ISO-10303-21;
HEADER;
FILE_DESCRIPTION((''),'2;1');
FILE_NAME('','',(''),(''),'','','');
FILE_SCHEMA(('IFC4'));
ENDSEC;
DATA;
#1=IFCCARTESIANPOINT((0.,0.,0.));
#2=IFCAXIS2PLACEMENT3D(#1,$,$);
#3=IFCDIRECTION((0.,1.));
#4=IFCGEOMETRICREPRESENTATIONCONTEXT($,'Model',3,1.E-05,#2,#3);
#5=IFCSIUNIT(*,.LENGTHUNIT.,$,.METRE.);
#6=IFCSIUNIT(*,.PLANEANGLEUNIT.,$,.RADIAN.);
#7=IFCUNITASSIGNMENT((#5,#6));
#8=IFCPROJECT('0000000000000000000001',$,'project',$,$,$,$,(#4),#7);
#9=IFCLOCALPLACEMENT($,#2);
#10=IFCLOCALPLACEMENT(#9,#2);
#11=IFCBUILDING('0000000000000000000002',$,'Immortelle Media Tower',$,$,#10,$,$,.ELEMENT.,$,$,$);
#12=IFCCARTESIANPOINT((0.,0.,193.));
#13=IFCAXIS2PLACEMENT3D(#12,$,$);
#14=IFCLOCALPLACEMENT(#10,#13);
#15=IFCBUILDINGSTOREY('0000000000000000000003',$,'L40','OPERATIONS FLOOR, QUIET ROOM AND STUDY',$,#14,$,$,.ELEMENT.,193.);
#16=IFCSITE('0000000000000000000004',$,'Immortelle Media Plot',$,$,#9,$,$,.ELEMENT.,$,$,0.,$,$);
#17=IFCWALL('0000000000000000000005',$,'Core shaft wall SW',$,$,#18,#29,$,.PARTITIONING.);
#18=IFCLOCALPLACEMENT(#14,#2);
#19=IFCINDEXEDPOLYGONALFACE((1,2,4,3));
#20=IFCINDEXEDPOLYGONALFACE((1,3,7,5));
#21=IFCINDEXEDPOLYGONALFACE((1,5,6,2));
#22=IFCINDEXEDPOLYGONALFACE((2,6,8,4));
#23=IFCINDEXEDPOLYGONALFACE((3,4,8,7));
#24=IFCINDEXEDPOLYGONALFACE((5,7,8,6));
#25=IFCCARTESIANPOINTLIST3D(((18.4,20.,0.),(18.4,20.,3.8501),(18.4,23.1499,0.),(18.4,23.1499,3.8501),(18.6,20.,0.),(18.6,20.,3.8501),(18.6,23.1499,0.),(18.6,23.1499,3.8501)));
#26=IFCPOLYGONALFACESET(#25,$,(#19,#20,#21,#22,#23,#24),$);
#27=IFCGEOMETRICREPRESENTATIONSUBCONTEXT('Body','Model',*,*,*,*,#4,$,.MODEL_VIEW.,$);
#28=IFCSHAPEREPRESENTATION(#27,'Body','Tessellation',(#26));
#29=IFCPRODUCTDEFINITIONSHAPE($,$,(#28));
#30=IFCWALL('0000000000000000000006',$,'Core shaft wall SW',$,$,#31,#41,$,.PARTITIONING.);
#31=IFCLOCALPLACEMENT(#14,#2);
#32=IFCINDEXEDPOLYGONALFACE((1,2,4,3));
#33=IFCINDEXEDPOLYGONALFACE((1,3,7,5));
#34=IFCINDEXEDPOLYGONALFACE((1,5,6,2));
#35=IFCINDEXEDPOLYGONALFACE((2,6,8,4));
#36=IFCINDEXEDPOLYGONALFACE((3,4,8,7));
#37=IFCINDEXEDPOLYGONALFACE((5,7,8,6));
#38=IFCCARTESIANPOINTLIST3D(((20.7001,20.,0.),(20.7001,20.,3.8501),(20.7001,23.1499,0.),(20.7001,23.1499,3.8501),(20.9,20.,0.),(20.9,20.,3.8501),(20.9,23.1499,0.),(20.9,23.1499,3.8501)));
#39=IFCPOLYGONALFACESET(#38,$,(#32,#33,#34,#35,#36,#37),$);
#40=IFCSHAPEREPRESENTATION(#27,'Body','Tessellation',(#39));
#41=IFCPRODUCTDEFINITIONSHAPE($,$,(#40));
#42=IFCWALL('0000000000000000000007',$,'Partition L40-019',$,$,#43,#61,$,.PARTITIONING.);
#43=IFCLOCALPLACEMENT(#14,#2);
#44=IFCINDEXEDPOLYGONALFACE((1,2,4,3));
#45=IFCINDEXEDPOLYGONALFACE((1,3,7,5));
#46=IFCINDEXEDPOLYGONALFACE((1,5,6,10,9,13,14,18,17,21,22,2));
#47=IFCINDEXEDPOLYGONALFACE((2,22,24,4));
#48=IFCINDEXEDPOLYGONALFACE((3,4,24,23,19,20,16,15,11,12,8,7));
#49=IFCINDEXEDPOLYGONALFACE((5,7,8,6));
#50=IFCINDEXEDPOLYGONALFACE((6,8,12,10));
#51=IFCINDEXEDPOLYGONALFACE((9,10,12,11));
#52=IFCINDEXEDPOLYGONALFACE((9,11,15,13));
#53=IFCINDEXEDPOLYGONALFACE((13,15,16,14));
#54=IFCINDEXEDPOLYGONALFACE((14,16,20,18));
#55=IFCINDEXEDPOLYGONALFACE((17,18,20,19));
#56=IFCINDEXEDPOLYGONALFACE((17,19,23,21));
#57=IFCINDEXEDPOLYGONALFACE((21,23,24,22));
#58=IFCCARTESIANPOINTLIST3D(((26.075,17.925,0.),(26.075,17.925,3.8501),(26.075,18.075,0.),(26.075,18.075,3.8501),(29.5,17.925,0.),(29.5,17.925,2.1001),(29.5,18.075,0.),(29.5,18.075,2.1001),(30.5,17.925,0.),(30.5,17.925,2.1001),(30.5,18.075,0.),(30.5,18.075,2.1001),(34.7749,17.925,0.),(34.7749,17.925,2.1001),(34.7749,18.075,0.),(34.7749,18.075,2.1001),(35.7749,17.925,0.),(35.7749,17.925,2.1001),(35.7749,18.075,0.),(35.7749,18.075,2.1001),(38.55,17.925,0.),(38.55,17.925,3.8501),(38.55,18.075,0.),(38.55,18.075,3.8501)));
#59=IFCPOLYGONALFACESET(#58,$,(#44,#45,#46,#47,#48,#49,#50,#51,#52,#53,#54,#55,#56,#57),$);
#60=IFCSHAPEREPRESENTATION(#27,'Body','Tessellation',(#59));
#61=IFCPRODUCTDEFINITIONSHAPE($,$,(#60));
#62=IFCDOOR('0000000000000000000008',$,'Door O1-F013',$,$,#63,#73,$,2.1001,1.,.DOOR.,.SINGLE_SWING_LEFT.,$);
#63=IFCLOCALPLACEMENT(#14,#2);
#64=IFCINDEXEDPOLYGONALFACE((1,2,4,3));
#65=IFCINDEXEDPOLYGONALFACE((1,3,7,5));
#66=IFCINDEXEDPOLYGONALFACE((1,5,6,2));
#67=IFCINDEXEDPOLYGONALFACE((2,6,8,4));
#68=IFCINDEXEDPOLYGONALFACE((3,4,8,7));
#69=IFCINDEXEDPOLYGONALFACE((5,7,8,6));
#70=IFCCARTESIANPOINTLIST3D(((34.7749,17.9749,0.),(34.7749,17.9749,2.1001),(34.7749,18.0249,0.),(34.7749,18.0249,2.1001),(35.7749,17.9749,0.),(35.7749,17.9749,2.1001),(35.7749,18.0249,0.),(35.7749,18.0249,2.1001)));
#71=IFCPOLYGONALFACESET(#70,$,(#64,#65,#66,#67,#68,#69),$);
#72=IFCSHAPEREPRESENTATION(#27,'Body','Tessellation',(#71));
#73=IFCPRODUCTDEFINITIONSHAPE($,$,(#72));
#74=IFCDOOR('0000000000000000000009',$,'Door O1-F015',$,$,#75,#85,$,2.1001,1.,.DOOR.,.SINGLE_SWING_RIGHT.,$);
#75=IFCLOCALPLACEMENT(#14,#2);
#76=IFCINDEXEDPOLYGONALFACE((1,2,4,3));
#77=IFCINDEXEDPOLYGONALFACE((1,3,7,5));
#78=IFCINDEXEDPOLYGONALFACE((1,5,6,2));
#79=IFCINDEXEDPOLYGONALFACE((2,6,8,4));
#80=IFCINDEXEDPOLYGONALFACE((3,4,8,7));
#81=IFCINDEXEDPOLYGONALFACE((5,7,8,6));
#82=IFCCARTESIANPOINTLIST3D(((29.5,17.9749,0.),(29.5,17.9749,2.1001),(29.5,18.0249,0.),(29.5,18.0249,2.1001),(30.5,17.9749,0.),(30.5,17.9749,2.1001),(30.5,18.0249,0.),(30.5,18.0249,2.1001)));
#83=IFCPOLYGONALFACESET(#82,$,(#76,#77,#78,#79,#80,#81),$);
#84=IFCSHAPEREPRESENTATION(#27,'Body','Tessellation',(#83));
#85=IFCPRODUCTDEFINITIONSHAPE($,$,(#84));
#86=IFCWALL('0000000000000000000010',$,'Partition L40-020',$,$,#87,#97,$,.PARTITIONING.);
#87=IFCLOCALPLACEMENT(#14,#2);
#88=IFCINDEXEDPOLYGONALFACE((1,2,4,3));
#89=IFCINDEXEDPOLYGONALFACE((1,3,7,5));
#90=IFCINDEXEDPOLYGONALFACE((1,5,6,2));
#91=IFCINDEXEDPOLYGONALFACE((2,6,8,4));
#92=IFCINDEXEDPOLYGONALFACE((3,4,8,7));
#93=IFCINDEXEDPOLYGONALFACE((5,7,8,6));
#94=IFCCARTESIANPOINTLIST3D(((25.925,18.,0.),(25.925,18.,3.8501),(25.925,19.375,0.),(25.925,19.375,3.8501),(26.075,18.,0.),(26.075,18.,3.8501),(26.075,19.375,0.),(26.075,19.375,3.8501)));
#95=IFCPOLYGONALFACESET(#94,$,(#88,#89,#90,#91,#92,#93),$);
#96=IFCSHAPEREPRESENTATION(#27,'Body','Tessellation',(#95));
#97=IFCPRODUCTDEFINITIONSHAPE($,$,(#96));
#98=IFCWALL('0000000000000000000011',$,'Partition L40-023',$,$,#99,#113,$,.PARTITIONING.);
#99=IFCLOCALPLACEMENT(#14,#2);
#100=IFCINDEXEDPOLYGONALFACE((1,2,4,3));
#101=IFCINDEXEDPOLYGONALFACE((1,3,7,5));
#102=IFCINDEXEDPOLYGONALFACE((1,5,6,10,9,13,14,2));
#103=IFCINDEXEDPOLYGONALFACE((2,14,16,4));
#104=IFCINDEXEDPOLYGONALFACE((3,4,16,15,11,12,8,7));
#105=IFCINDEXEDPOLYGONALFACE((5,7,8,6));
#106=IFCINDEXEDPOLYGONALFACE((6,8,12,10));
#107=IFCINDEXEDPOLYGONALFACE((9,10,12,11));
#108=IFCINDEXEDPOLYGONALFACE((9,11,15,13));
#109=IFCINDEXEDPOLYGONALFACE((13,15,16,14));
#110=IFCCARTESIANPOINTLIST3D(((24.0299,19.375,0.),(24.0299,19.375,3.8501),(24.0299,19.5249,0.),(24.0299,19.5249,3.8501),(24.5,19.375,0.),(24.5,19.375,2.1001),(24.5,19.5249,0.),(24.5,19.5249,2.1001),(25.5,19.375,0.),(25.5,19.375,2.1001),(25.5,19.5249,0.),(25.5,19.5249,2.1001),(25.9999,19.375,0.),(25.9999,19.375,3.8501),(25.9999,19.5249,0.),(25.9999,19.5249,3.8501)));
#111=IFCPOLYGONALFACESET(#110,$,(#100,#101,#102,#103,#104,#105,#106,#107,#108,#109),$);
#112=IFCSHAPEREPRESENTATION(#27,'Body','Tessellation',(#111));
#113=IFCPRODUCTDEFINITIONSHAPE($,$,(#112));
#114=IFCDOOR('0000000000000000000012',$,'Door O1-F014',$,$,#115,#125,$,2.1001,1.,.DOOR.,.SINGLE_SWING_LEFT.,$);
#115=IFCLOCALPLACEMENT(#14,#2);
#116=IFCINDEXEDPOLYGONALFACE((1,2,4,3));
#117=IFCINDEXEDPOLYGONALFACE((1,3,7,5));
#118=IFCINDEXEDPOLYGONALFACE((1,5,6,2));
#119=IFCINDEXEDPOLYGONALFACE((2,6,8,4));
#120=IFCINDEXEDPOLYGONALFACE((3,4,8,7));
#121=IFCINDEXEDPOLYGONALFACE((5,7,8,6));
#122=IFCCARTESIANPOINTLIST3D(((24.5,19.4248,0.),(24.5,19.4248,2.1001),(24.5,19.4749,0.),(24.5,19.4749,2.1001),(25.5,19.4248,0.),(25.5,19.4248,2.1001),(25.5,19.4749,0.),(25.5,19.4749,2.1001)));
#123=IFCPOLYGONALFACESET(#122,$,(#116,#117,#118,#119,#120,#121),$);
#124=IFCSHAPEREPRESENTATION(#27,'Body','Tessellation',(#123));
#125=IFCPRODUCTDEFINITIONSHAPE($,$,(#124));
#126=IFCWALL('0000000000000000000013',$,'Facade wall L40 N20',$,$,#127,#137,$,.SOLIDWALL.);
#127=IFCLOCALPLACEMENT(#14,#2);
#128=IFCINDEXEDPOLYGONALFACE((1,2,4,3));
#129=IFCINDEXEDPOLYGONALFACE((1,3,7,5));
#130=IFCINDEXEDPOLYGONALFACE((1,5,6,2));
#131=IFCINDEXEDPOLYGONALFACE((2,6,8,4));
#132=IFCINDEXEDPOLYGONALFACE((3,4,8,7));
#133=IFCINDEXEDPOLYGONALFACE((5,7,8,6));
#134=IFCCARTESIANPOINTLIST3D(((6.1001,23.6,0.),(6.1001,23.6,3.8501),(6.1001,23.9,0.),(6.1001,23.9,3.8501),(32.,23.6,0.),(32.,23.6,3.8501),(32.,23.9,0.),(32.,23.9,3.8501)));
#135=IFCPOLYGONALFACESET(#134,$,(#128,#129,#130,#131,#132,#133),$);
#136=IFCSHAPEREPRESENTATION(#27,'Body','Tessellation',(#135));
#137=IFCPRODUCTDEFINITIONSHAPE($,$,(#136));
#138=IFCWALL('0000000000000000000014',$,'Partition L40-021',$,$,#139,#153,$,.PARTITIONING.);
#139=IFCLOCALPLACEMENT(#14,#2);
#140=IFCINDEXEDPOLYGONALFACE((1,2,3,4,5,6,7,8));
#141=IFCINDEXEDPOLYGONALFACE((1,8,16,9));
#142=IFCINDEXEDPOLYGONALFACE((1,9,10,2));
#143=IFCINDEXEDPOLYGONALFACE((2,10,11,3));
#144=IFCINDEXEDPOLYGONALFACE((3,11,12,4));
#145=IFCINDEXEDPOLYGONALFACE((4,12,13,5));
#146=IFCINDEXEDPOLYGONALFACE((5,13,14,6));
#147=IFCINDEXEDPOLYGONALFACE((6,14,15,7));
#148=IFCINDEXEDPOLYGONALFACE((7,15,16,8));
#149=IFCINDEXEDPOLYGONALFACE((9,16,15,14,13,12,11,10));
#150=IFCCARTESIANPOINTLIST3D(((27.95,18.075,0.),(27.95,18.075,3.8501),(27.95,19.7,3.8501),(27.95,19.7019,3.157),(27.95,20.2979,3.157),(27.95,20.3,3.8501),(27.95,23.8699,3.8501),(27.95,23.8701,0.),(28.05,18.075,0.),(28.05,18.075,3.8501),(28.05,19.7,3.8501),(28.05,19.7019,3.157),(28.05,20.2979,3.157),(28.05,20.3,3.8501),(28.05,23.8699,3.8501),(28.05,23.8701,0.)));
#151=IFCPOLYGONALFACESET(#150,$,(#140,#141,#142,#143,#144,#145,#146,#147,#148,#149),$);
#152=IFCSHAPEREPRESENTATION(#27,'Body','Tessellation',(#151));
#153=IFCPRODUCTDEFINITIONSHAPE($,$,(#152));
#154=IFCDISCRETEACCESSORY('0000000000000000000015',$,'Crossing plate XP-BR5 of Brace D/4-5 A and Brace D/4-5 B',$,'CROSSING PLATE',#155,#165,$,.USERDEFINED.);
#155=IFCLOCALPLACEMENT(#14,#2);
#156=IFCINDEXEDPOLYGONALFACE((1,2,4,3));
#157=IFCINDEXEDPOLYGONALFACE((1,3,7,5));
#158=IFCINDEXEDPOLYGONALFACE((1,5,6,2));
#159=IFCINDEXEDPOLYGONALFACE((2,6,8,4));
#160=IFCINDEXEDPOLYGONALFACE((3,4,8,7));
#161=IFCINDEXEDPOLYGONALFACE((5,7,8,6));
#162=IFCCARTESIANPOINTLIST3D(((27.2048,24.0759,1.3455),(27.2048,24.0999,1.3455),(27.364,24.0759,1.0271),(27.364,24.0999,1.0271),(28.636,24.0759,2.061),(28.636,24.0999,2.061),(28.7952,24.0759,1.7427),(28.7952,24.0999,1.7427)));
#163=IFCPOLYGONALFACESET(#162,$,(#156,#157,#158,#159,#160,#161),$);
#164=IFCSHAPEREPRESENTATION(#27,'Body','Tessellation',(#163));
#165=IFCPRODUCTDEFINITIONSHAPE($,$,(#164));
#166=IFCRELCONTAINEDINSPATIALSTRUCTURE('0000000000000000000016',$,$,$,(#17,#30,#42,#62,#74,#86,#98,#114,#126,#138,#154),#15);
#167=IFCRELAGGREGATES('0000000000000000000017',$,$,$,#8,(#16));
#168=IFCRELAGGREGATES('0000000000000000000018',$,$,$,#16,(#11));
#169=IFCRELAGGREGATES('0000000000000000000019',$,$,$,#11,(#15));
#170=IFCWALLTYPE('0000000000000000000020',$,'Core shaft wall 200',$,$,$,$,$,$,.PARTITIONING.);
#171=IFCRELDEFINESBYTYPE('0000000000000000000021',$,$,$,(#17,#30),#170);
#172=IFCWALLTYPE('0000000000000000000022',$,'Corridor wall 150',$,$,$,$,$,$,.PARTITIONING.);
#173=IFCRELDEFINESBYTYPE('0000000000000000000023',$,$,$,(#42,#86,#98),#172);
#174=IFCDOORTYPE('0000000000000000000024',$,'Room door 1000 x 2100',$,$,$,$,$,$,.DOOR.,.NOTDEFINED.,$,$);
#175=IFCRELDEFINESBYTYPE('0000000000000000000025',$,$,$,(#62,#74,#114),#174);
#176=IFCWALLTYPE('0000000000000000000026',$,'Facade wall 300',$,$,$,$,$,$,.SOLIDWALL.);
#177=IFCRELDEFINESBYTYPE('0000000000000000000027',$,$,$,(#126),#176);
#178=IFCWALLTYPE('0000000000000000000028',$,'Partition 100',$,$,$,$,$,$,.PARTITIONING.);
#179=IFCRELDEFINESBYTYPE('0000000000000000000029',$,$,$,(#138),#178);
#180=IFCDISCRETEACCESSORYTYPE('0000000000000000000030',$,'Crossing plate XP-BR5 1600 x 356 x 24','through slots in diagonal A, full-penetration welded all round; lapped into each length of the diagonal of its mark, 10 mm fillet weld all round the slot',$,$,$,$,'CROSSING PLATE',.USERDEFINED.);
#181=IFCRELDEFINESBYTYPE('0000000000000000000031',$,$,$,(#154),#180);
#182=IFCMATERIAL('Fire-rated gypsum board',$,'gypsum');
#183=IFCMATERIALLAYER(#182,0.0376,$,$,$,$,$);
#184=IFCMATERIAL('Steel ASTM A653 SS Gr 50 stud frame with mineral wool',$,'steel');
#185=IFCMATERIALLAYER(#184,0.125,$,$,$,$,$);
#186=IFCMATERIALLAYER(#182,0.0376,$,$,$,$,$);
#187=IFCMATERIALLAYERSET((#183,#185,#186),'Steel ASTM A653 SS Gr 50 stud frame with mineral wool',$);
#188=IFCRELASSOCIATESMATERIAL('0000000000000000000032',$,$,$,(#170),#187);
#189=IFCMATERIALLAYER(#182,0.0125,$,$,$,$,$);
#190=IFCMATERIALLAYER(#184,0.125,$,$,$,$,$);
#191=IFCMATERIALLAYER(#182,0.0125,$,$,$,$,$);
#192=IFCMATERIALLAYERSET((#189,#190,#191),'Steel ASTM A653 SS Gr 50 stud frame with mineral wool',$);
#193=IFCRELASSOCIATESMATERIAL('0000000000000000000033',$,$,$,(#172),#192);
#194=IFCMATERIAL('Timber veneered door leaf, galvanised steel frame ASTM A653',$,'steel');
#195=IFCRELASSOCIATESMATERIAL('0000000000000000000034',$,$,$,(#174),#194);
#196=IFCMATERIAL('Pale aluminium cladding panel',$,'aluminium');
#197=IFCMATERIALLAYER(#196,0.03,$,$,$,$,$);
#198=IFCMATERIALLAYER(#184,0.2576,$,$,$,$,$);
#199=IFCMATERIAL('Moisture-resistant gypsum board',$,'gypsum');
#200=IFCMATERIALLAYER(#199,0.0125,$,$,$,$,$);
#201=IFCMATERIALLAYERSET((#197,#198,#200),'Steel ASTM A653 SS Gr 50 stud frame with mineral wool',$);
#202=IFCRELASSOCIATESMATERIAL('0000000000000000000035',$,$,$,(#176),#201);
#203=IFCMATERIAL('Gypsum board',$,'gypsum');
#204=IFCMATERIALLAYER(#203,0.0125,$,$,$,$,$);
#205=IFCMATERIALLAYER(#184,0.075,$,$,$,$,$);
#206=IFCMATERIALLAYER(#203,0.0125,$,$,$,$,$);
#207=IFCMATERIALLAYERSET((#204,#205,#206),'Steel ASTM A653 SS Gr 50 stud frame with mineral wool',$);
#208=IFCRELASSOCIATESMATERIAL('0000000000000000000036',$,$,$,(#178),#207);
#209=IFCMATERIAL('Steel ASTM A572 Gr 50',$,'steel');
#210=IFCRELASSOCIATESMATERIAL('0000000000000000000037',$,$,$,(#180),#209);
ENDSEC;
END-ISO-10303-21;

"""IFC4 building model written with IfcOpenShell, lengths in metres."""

from ifc_helpers import new_model, si_unit, direction, frame, frame_2d, origin, origin_2d, place, context, subcontext, project, spatial, polyline, rectangle, outline, extrude, material, layer, layer_set, material_profile, profile_set, type_object, element, fill, save


model = new_model("IFC4")

# Units and contexts
model_context = context("Model", 3, precision=1e-05, world=origin(), true_north=direction((0.0, 1.0)))
body_context = subcontext(model_context, "Body", "Model", "MODEL_VIEW")
ifc_project = project(units=[si_unit("LENGTHUNIT", "METRE"), si_unit("PLANEANGLEUNIT", "RADIAN")], contexts=[model_context])

# Site, building, storey
site_placement = place(None, origin())
site = spatial("IfcSite", under=ifc_project, at=site_placement, Name="Immortelle Media Plot", CompositionType="ELEMENT", RefElevation=0.0)
building_placement = place(site_placement, origin())
building = spatial("IfcBuilding", under=site, at=building_placement, Name="Immortelle Media Tower", CompositionType="ELEMENT")
storey_placement = place(building_placement, frame((0.0, 0.0, 193.0)))
storey = spatial("IfcBuildingStorey", under=building, at=storey_placement, Name="L40", Description="OPERATIONS FLOOR, QUIET ROOM AND STUDY", CompositionType="ELEMENT", Elevation=193.0)

# Shared definitions
ifc_material_1 = material(Name="Fire-rated gypsum board", Category="gypsum")
ifc_material_2 = material(Name="Steel ASTM A653 SS Gr 50 stud frame with mineral wool", Category="steel")

# Walls
ifc_layer_1 = layer(ifc_material_1, 0.0376)
ifc_layer_2 = layer(ifc_material_2, 0.125)
ifc_layer_3 = layer(ifc_material_1, 0.0376)
ifc_layer_set_1 = layer_set([ifc_layer_1, ifc_layer_2, ifc_layer_3], Name="Steel ASTM A653 SS Gr 50 stud frame with mineral wool")
wall_type_1 = type_object("IfcWallType", Name="Core shaft wall 200", PredefinedType="PARTITIONING", material=ifc_layer_set_1)
for number, where, z_axis, x_axis, name in (
    (1, (18.5, 20.0, 0.0), (0.0, 0.0, 1.0), (0.0, 1.0, 0.0), "Core shaft wall SW"),
    (2, (20.8, 20.0, 0.0), (0.0, 0.0, 1.0), (0.0, 1.0, 0.0), "Core shaft wall SW"),
):
    element("IfcWall", number, at=place(storey_placement, frame(where, z_axis=z_axis, x_axis=x_axis)), inside=storey, type_object=wall_type_1, Name=name, PredefinedType="PARTITIONING", context=body_context, shape_type="SweptSolid", body=[
        extrude(rectangle(XDim=3.1499, YDim=0.2, at=frame_2d((1.575, 0.0))), origin(), (0.0, 0.0, 1.0), 3.8501),
    ])

# Wall, openings, doors
ifc_layer_4 = layer(ifc_material_1, 0.0125)
ifc_layer_5 = layer(ifc_material_2, 0.125)
ifc_layer_6 = layer(ifc_material_1, 0.0125)
ifc_layer_set_2 = layer_set([ifc_layer_4, ifc_layer_5, ifc_layer_6], Name="Steel ASTM A653 SS Gr 50 stud frame with mineral wool")
wall_type_2 = type_object("IfcWallType", Name="Corridor wall 150", PredefinedType="PARTITIONING", material=ifc_layer_set_2)
wall_1_placement = place(storey_placement, frame((26.075, 18.0, 0.0), z_axis=(0.0, 0.0, 1.0), x_axis=(1.0, 0.0, 0.0)))
wall_1 = element("IfcWall", 3, at=wall_1_placement, inside=storey, type_object=wall_type_2, Name="Partition L40-019", PredefinedType="PARTITIONING", context=body_context, shape_type="SweptSolid", body=[
    extrude(rectangle(XDim=12.4751, YDim=0.1499, at=frame_2d((6.2375, 0.0))), origin(), (0.0, 0.0, 1.0), 3.8501),
])
opening_1_placement = place(wall_1_placement, frame((8.7, 0.0, 0.0)))
opening_1 = element("IfcOpeningElement", 4, at=opening_1_placement, cuts=wall_1, PredefinedType="OPENING", context=body_context, shape_type="SweptSolid", body=[
    extrude(rectangle(XDim=1.0, YDim=2.1001, at=frame_2d((0.5, 1.05))), frame((0.0, 0.085, 0.0), z_axis=(0.0, -1.0, 0.0), x_axis=(1.0, 0.0, 0.0)), (0.0, 0.0, 1.0), 0.1699),
])
opening_2_placement = place(wall_1_placement, frame((3.425, 0.0, 0.0)))
opening_2 = element("IfcOpeningElement", 5, at=opening_2_placement, cuts=wall_1, PredefinedType="OPENING", context=body_context, shape_type="SweptSolid", body=[
    extrude(rectangle(XDim=1.0, YDim=2.1001, at=frame_2d((0.5, 1.05))), frame((0.0, 0.085, 0.0), z_axis=(0.0, -1.0, 0.0), x_axis=(1.0, 0.0, 0.0)), (0.0, 0.0, 1.0), 0.1699),
])
ifc_material_3 = material(Name="Timber veneered door leaf, galvanised steel frame ASTM A653", Category="steel")
door_type_1 = type_object("IfcDoorType", Name="Room door 1000 x 2100", OperationType="NOTDEFINED", PredefinedType="DOOR", material=ifc_material_3)
door_1_placement = place(opening_1_placement, origin())
door_1 = element("IfcDoor", 6, at=door_1_placement, inside=storey, type_object=door_type_1, Name="Door O1-F013", OperationType="SINGLE_SWING_LEFT", OverallHeight=2.1001, OverallWidth=1.0, PredefinedType="DOOR", context=body_context, shape_type="SweptSolid", body=[
    extrude(rectangle(XDim=1.0, YDim=2.1001, at=frame_2d((0.5, 1.05))), frame((0.0, 0.0249, 0.0), z_axis=(0.0, -1.0, 0.0), x_axis=(1.0, 0.0, 0.0)), (0.0, 0.0, 1.0), 0.05),
])
fill(opening_1, door_1)
door_2_placement = place(opening_2_placement, origin())
door_2 = element("IfcDoor", 7, at=door_2_placement, inside=storey, type_object=door_type_1, Name="Door O1-F015", OperationType="SINGLE_SWING_RIGHT", OverallHeight=2.1001, OverallWidth=1.0, PredefinedType="DOOR", context=body_context, shape_type="SweptSolid", body=[
    extrude(rectangle(XDim=1.0, YDim=2.1001, at=frame_2d((0.5, 1.05))), frame((0.0, 0.0249, 0.0), z_axis=(0.0, -1.0, 0.0), x_axis=(1.0, 0.0, 0.0)), (0.0, 0.0, 1.0), 0.05),
])
fill(opening_2, door_2)

# Wall
wall_2_placement = place(storey_placement, frame((26.0, 18.0, 0.0), z_axis=(0.0, 0.0, 1.0), x_axis=(0.0, 1.0, 0.0)))
element("IfcWall", 8, at=wall_2_placement, inside=storey, type_object=wall_type_2, Name="Partition L40-020", PredefinedType="PARTITIONING", context=body_context, shape_type="SweptSolid", body=[
    extrude(rectangle(XDim=1.375, YDim=0.1499, at=frame_2d((0.6875, 0.0))), origin(), (0.0, 0.0, 1.0), 3.8501),
])

# Wall, opening, door
wall_3_placement = place(storey_placement, frame((24.03, 19.45, 0.0), z_axis=(0.0, 0.0, 1.0), x_axis=(1.0, 0.0, 0.0)))
wall_3 = element("IfcWall", 9, at=wall_3_placement, inside=storey, type_object=wall_type_2, Name="Partition L40-023", PredefinedType="PARTITIONING", context=body_context, shape_type="SweptSolid", body=[
    extrude(rectangle(XDim=1.97, YDim=0.1499, at=frame_2d((0.9849, 0.0))), origin(), (0.0, 0.0, 1.0), 3.8501),
])
opening_3_placement = place(wall_3_placement, frame((0.47, 0.0, 0.0)))
opening_3 = element("IfcOpeningElement", 10, at=opening_3_placement, cuts=wall_3, PredefinedType="OPENING", context=body_context, shape_type="SweptSolid", body=[
    extrude(rectangle(XDim=1.0, YDim=2.1001, at=frame_2d((0.5, 1.05))), frame((0.0, 0.085, 0.0), z_axis=(0.0, -1.0, 0.0), x_axis=(1.0, 0.0, 0.0)), (0.0, 0.0, 1.0), 0.1699),
])
door_3_placement = place(opening_3_placement, origin())
door_3 = element("IfcDoor", 11, at=door_3_placement, inside=storey, type_object=door_type_1, Name="Door O1-F014", OperationType="SINGLE_SWING_LEFT", OverallHeight=2.1001, OverallWidth=1.0, PredefinedType="DOOR", context=body_context, shape_type="SweptSolid", body=[
    extrude(rectangle(XDim=1.0, YDim=2.1001, at=frame_2d((0.5, 1.05))), frame((0.0, 0.0249, 0.0), z_axis=(0.0, -1.0, 0.0), x_axis=(1.0, 0.0, 0.0)), (0.0, 0.0, 1.0), 0.05),
])
fill(opening_3, door_3)

# Walls
ifc_material_4 = material(Name="Pale aluminium cladding panel", Category="aluminium")
ifc_layer_7 = layer(ifc_material_4, 0.03)
ifc_layer_8 = layer(ifc_material_2, 0.2576)
ifc_material_5 = material(Name="Moisture-resistant gypsum board", Category="gypsum")
ifc_layer_9 = layer(ifc_material_5, 0.0125)
ifc_layer_set_3 = layer_set([ifc_layer_7, ifc_layer_8, ifc_layer_9], Name="Steel ASTM A653 SS Gr 50 stud frame with mineral wool")
wall_type_3 = type_object("IfcWallType", Name="Facade wall 300", PredefinedType="SOLIDWALL", material=ifc_layer_set_3)
wall_4_placement = place(storey_placement, frame((32.0, 23.75, 0.0), z_axis=(0.0, 0.0, 1.0), x_axis=(-1.0, 0.0, 0.0)))
element("IfcWall", 12, at=wall_4_placement, inside=storey, type_object=wall_type_3, Name="Facade wall L40 N20", PredefinedType="SOLIDWALL", context=body_context, shape_type="SweptSolid", body=[
    extrude(rectangle(XDim=25.8999, YDim=0.3, at=frame_2d((12.95, 0.0))), origin(), (0.0, 0.0, 1.0), 3.8501),
])
ifc_material_6 = material(Name="Gypsum board", Category="gypsum")
ifc_layer_10 = layer(ifc_material_6, 0.0125)
ifc_layer_11 = layer(ifc_material_2, 0.075)
ifc_layer_12 = layer(ifc_material_6, 0.0125)
ifc_layer_set_4 = layer_set([ifc_layer_10, ifc_layer_11, ifc_layer_12], Name="Steel ASTM A653 SS Gr 50 stud frame with mineral wool")
wall_type_4 = type_object("IfcWallType", Name="Partition 100", PredefinedType="PARTITIONING", material=ifc_layer_set_4)
wall_5_placement = place(storey_placement, frame((28.0, 18.075, 0.0), z_axis=(0.0, 0.0, 1.0), x_axis=(0.0, 1.0, 0.0)))
element("IfcWall", 13, at=wall_5_placement, inside=storey, type_object=wall_type_4, Name="Partition L40-021", PredefinedType="PARTITIONING", context=body_context, shape_type="SweptSolid", body=[
    extrude(outline(polyline([(0.0, 0.0), (5.7952, 0.0), (5.7949, 3.8501), (2.2251, 3.8501), (2.2229, 3.157), (1.627, 3.157), (1.625, 3.8501), (0.0, 3.8501), (0.0, 0.0)])), frame((0.0, 0.05, 0.0), z_axis=(0.0, -1.0, 0.0), x_axis=(1.0, 0.0, 0.0)), (0.0, 0.0, 1.0), 0.1001),
])

# Discrete accessory
ifc_material_7 = material(Name="Steel ASTM A572 Gr 50", Category="steel")
ifc_material_profile_1 = material_profile(ifc_material_7, rectangle(XDim=0.0239, YDim=0.356, at=origin_2d()), Name="PL 24 x 356")
ifc_profile_set_1 = profile_set([ifc_material_profile_1], Name="Steel ASTM A572 Gr 50")
discrete_accessory_type_1 = type_object("IfcDiscreteAccessoryType", Name="Crossing plate XP-BR5 1600 x 356 x 24", Description="through slots in diagonal A, full-penetration welded all round; lapped into each length of the diagonal of its mark, 10 mm fillet weld all round the slot", ElementType="CROSSING PLATE", PredefinedType="USERDEFINED", material=ifc_profile_set_1)
discrete_accessory_placement = place(storey_placement, frame((28.7156, 24.0879, 1.9019), z_axis=(-0.894427, 0.0, -0.447214), x_axis=(0.0, -1.0, 0.0)))
element("IfcDiscreteAccessory", 14, at=discrete_accessory_placement, inside=storey, type_object=discrete_accessory_type_1, Name="Crossing plate XP-BR5 of Brace D/4-5 A and Brace D/4-5 B", ObjectType="CROSSING PLATE", PredefinedType="USERDEFINED", context=body_context, shape_type="SweptSolid", body=[
    extrude(rectangle(XDim=0.0239, YDim=0.356, at=origin_2d()), origin(), (0.0, 0.0, 1.0), 1.6001),
])

save(model, "model.ifc")
